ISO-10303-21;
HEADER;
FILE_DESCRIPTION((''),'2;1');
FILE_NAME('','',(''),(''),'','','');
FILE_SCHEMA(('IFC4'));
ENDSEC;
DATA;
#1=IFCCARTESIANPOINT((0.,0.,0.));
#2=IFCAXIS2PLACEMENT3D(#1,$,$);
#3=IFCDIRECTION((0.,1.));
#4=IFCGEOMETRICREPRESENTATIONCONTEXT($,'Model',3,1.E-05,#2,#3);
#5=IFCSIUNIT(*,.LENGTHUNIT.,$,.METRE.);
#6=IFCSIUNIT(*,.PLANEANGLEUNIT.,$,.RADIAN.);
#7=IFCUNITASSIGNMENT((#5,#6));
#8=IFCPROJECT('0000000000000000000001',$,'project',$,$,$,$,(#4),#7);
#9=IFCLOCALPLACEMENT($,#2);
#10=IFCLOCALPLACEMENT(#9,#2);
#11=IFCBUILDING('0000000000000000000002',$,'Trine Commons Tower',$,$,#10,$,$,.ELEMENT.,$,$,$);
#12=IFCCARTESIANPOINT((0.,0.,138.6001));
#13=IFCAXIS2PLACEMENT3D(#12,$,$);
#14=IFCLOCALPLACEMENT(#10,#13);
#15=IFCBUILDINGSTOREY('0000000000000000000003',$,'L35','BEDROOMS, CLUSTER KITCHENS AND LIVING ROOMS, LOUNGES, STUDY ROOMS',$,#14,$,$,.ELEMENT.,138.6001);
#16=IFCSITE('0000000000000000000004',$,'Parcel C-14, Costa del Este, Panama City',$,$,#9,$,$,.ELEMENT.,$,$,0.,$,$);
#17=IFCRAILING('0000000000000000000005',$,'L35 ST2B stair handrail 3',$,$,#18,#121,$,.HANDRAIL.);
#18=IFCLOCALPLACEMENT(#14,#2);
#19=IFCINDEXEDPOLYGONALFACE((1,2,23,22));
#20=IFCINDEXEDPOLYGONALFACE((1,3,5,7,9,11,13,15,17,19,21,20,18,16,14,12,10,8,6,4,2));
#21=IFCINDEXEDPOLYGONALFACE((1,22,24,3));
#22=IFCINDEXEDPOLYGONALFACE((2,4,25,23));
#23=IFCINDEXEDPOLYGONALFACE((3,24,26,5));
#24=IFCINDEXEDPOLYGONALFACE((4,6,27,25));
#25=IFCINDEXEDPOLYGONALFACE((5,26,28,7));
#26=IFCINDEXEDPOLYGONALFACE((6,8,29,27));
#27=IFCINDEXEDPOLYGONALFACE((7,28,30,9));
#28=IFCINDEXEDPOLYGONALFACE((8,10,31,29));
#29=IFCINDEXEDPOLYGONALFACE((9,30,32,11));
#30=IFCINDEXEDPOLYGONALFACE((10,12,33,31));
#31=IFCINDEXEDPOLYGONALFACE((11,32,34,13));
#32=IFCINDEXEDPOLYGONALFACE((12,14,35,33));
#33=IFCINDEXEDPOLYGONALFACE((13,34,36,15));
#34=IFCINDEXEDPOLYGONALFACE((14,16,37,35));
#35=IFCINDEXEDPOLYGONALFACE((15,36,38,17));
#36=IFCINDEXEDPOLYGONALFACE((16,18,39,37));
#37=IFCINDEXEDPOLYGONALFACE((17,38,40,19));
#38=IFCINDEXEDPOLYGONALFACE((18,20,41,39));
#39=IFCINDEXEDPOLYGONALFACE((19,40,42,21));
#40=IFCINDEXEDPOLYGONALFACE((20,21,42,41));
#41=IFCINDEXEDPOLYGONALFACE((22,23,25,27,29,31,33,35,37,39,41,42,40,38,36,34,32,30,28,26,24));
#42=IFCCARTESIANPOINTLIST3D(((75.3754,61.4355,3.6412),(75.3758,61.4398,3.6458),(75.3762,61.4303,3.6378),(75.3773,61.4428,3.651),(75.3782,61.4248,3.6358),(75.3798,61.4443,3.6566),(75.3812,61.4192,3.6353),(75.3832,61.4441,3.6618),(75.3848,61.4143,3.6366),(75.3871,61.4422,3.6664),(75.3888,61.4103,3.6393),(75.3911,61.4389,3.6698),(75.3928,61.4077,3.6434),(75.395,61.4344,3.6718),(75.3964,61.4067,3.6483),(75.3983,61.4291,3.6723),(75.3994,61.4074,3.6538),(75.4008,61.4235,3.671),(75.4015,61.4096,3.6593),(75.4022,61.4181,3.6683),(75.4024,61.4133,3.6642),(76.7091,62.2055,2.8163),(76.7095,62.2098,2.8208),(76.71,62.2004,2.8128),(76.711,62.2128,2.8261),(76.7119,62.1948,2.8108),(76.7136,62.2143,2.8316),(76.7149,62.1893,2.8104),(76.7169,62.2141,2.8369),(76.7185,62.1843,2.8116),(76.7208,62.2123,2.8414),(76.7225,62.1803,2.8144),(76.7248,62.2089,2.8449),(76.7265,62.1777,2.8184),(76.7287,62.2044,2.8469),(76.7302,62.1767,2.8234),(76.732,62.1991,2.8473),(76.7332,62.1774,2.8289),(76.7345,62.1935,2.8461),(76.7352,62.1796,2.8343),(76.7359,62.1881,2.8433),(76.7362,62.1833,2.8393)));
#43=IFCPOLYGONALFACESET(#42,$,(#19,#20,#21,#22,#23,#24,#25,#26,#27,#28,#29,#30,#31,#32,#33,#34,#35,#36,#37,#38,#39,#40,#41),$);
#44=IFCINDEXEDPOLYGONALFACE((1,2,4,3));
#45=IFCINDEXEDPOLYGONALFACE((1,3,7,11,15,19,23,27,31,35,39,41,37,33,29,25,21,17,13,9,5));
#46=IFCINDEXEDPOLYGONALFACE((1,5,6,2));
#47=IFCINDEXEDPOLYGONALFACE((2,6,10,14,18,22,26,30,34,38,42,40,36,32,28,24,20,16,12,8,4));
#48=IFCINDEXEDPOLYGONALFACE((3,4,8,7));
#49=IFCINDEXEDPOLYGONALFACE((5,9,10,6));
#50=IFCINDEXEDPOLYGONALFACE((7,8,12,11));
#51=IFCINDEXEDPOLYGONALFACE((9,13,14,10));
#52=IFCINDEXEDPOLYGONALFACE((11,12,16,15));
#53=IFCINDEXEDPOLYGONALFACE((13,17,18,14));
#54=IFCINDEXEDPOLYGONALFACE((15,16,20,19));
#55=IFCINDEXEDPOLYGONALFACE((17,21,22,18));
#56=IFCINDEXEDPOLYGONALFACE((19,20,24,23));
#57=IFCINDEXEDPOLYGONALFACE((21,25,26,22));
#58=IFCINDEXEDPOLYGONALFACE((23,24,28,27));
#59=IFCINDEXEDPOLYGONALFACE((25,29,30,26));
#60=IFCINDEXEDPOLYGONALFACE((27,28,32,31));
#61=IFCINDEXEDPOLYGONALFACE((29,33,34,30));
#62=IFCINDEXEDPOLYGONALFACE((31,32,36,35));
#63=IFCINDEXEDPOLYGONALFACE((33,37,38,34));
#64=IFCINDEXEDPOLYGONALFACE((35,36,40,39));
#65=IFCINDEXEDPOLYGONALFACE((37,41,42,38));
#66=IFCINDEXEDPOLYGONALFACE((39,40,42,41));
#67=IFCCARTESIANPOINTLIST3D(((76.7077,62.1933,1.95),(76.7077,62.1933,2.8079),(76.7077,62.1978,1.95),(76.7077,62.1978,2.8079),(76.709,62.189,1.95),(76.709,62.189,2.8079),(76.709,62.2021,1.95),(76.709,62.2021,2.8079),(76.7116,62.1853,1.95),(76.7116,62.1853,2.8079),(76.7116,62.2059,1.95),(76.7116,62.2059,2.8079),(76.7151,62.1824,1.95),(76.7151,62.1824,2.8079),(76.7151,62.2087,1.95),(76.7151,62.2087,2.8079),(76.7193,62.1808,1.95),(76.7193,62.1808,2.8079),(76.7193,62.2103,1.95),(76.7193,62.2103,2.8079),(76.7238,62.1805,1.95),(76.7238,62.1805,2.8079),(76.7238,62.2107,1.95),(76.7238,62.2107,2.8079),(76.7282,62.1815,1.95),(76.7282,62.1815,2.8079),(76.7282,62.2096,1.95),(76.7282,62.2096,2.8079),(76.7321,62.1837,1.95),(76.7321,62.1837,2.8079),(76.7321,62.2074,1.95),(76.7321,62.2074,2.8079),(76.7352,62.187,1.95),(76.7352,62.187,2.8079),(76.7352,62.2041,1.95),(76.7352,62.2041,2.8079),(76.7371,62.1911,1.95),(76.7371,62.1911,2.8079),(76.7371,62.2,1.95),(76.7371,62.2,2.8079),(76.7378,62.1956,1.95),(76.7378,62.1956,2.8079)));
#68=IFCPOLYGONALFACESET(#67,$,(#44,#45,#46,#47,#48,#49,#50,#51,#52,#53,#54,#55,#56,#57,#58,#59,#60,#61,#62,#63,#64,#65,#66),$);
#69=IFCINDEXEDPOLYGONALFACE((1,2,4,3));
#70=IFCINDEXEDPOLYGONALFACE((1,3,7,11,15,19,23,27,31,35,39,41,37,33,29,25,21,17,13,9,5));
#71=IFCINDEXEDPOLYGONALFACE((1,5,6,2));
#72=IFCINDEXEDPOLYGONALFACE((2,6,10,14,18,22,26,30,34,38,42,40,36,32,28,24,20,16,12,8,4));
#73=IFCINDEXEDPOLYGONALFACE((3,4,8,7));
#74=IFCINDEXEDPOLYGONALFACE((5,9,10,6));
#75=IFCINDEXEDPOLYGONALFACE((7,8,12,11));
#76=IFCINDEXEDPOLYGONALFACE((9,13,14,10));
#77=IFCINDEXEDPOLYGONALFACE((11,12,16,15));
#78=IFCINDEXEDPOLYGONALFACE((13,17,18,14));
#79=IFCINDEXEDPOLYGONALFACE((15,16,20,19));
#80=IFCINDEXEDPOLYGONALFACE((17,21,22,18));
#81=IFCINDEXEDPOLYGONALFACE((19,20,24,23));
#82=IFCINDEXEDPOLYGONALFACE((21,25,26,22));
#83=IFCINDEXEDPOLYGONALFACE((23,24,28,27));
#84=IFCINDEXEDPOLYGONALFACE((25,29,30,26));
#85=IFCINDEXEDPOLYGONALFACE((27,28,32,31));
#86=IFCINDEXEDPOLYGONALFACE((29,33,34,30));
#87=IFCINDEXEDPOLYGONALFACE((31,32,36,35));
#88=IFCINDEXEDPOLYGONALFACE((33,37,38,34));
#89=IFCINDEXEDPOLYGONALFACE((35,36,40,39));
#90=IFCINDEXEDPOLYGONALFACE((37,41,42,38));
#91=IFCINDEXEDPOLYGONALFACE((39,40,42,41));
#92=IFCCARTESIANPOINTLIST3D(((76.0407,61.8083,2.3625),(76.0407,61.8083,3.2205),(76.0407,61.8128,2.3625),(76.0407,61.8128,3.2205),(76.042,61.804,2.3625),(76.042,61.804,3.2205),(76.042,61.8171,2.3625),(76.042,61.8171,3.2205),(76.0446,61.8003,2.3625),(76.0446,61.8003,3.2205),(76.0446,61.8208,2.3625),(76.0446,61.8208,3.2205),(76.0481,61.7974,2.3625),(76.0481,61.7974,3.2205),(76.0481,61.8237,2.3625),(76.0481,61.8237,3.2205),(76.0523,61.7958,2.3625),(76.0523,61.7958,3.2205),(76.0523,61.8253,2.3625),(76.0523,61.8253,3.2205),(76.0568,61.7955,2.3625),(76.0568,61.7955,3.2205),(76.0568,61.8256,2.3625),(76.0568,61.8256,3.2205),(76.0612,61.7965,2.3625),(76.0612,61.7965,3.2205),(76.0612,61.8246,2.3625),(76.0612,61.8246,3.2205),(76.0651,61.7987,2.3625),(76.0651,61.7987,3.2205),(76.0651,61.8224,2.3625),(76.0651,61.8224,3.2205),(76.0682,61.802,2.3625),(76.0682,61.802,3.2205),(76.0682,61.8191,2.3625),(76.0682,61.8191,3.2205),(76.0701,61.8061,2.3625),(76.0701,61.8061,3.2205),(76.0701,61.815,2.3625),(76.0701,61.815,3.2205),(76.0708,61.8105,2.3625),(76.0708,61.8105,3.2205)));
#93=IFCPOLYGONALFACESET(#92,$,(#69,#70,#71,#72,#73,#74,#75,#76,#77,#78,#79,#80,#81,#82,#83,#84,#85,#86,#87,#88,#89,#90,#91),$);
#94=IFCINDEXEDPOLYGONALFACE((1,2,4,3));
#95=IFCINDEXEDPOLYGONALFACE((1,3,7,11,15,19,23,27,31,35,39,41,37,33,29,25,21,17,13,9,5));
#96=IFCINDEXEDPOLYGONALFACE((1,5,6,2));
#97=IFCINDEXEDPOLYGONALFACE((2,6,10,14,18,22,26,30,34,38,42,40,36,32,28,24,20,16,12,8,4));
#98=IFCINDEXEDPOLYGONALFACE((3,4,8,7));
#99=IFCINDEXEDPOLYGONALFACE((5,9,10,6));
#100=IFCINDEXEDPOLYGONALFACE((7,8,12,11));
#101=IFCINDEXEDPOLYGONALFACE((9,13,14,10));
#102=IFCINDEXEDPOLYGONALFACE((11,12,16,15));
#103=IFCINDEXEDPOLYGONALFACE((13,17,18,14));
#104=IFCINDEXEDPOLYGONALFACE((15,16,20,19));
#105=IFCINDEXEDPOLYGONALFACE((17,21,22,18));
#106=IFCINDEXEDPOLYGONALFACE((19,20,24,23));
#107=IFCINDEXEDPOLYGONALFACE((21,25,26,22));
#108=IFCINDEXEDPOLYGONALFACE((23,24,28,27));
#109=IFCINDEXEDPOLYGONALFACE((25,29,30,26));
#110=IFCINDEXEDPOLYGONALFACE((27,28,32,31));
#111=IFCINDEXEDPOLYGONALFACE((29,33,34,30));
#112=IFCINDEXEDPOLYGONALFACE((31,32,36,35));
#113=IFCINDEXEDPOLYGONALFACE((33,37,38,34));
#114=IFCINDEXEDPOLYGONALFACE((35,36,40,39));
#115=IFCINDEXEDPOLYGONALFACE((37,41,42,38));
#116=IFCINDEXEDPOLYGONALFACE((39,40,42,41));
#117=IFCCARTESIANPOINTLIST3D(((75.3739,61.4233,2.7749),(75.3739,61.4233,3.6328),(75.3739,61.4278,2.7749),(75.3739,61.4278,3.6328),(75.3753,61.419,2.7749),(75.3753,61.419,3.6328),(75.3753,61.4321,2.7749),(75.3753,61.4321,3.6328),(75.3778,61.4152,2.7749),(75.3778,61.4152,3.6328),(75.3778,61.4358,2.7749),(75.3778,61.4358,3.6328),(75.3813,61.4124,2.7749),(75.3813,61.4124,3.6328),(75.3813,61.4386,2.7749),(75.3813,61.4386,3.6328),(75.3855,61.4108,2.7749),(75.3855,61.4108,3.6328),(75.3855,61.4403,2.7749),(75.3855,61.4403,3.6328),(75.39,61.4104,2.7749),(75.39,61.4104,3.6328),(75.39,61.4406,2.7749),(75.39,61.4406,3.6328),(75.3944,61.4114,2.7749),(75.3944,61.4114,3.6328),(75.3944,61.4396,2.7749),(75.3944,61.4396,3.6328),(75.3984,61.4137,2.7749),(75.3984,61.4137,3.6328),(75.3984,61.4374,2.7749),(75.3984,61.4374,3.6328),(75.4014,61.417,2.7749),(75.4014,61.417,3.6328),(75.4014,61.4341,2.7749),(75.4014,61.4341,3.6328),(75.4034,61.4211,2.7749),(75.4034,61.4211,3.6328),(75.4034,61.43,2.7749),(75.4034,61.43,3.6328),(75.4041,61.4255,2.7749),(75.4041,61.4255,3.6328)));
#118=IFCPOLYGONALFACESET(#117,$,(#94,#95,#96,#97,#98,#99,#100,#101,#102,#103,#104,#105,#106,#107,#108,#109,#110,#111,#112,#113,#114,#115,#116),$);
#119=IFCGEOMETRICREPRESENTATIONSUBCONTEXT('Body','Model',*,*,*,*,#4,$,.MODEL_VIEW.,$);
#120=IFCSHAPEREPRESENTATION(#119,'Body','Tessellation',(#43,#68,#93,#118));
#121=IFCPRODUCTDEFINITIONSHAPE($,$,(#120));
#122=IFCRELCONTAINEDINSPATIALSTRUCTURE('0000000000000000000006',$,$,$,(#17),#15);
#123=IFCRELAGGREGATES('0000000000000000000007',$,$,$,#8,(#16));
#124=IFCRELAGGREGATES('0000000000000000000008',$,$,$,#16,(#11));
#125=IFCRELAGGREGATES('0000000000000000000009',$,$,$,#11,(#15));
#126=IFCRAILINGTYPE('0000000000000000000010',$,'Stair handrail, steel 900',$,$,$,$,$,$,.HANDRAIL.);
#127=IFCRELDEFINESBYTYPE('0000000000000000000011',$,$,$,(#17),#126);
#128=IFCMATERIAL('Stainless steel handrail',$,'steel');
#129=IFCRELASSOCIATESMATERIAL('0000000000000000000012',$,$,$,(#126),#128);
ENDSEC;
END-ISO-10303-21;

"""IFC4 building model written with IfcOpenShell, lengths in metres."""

from ifc_helpers import new_model, si_unit, direction, frame, origin, origin_2d, place, context, subcontext, project, spatial, circle, extrude, material, type_object, element, save


model = new_model("IFC4")

# Units and contexts
model_context = context("Model", 3, precision=1e-05, world=origin(), true_north=direction((0.0, 1.0)))
body_context = subcontext(model_context, "Body", "Model", "MODEL_VIEW")
ifc_project = project(units=[si_unit("LENGTHUNIT", "METRE"), si_unit("PLANEANGLEUNIT", "RADIAN")], contexts=[model_context])

# Site, building, storey
site_placement = place(None, origin())
site = spatial("IfcSite", under=ifc_project, at=site_placement, Name="Parcel C-14, Costa del Este, Panama City", CompositionType="ELEMENT", RefElevation=0.0)
building_placement = place(site_placement, origin())
building = spatial("IfcBuilding", under=site, at=building_placement, Name="Trine Commons Tower", CompositionType="ELEMENT")
storey_placement = place(building_placement, frame((0.0, 0.0, 138.6001)))
storey = spatial("IfcBuildingStorey", under=building, at=storey_placement, Name="L35", Description="BEDROOMS, CLUSTER KITCHENS AND LIVING ROOMS, LOUNGES, STUDY ROOMS", CompositionType="ELEMENT", Elevation=138.6001)

# Railing
ifc_material_1 = material(Name="Stainless steel handrail", Category="steel")
railing_type_1 = type_object("IfcRailingType", Name="Stair handrail, steel 900", PredefinedType="HANDRAIL", material=ifc_material_1)
for number, where, name in (
    (1, (76.7227, 62.1956, 1.95), "L35 ST2B stair handrail 3"),
):
    element("IfcRailing", number, at=place(storey_placement, frame(where)), inside=storey, type_object=railing_type_1, Name=name, PredefinedType="HANDRAIL", context=body_context, shape_type="SweptSolid", body=[
        extrude(circle(Radius=0.021, at=origin_2d()), frame((0.0, 0.0, 0.8789), z_axis=(-0.763405, -0.440743, 0.472185), x_axis=(0.499992, -0.86603, 0.0)), (0.0, 0.0, 1.0), 1.7471),
        extrude(circle(Radius=0.0151, at=origin_2d()), origin(), (0.0, 0.0, 1.0), 0.8579),
        extrude(circle(Radius=0.0151, at=origin_2d()), frame((-0.667, -0.385, 0.4126)), (0.0, 0.0, 1.0), 0.8579),
        extrude(circle(Radius=0.0151, at=origin_2d()), frame((-1.3337, -0.77, 0.825)), (0.0, 0.0, 1.0), 0.8579),
    ])

save(model, "model.ifc")
